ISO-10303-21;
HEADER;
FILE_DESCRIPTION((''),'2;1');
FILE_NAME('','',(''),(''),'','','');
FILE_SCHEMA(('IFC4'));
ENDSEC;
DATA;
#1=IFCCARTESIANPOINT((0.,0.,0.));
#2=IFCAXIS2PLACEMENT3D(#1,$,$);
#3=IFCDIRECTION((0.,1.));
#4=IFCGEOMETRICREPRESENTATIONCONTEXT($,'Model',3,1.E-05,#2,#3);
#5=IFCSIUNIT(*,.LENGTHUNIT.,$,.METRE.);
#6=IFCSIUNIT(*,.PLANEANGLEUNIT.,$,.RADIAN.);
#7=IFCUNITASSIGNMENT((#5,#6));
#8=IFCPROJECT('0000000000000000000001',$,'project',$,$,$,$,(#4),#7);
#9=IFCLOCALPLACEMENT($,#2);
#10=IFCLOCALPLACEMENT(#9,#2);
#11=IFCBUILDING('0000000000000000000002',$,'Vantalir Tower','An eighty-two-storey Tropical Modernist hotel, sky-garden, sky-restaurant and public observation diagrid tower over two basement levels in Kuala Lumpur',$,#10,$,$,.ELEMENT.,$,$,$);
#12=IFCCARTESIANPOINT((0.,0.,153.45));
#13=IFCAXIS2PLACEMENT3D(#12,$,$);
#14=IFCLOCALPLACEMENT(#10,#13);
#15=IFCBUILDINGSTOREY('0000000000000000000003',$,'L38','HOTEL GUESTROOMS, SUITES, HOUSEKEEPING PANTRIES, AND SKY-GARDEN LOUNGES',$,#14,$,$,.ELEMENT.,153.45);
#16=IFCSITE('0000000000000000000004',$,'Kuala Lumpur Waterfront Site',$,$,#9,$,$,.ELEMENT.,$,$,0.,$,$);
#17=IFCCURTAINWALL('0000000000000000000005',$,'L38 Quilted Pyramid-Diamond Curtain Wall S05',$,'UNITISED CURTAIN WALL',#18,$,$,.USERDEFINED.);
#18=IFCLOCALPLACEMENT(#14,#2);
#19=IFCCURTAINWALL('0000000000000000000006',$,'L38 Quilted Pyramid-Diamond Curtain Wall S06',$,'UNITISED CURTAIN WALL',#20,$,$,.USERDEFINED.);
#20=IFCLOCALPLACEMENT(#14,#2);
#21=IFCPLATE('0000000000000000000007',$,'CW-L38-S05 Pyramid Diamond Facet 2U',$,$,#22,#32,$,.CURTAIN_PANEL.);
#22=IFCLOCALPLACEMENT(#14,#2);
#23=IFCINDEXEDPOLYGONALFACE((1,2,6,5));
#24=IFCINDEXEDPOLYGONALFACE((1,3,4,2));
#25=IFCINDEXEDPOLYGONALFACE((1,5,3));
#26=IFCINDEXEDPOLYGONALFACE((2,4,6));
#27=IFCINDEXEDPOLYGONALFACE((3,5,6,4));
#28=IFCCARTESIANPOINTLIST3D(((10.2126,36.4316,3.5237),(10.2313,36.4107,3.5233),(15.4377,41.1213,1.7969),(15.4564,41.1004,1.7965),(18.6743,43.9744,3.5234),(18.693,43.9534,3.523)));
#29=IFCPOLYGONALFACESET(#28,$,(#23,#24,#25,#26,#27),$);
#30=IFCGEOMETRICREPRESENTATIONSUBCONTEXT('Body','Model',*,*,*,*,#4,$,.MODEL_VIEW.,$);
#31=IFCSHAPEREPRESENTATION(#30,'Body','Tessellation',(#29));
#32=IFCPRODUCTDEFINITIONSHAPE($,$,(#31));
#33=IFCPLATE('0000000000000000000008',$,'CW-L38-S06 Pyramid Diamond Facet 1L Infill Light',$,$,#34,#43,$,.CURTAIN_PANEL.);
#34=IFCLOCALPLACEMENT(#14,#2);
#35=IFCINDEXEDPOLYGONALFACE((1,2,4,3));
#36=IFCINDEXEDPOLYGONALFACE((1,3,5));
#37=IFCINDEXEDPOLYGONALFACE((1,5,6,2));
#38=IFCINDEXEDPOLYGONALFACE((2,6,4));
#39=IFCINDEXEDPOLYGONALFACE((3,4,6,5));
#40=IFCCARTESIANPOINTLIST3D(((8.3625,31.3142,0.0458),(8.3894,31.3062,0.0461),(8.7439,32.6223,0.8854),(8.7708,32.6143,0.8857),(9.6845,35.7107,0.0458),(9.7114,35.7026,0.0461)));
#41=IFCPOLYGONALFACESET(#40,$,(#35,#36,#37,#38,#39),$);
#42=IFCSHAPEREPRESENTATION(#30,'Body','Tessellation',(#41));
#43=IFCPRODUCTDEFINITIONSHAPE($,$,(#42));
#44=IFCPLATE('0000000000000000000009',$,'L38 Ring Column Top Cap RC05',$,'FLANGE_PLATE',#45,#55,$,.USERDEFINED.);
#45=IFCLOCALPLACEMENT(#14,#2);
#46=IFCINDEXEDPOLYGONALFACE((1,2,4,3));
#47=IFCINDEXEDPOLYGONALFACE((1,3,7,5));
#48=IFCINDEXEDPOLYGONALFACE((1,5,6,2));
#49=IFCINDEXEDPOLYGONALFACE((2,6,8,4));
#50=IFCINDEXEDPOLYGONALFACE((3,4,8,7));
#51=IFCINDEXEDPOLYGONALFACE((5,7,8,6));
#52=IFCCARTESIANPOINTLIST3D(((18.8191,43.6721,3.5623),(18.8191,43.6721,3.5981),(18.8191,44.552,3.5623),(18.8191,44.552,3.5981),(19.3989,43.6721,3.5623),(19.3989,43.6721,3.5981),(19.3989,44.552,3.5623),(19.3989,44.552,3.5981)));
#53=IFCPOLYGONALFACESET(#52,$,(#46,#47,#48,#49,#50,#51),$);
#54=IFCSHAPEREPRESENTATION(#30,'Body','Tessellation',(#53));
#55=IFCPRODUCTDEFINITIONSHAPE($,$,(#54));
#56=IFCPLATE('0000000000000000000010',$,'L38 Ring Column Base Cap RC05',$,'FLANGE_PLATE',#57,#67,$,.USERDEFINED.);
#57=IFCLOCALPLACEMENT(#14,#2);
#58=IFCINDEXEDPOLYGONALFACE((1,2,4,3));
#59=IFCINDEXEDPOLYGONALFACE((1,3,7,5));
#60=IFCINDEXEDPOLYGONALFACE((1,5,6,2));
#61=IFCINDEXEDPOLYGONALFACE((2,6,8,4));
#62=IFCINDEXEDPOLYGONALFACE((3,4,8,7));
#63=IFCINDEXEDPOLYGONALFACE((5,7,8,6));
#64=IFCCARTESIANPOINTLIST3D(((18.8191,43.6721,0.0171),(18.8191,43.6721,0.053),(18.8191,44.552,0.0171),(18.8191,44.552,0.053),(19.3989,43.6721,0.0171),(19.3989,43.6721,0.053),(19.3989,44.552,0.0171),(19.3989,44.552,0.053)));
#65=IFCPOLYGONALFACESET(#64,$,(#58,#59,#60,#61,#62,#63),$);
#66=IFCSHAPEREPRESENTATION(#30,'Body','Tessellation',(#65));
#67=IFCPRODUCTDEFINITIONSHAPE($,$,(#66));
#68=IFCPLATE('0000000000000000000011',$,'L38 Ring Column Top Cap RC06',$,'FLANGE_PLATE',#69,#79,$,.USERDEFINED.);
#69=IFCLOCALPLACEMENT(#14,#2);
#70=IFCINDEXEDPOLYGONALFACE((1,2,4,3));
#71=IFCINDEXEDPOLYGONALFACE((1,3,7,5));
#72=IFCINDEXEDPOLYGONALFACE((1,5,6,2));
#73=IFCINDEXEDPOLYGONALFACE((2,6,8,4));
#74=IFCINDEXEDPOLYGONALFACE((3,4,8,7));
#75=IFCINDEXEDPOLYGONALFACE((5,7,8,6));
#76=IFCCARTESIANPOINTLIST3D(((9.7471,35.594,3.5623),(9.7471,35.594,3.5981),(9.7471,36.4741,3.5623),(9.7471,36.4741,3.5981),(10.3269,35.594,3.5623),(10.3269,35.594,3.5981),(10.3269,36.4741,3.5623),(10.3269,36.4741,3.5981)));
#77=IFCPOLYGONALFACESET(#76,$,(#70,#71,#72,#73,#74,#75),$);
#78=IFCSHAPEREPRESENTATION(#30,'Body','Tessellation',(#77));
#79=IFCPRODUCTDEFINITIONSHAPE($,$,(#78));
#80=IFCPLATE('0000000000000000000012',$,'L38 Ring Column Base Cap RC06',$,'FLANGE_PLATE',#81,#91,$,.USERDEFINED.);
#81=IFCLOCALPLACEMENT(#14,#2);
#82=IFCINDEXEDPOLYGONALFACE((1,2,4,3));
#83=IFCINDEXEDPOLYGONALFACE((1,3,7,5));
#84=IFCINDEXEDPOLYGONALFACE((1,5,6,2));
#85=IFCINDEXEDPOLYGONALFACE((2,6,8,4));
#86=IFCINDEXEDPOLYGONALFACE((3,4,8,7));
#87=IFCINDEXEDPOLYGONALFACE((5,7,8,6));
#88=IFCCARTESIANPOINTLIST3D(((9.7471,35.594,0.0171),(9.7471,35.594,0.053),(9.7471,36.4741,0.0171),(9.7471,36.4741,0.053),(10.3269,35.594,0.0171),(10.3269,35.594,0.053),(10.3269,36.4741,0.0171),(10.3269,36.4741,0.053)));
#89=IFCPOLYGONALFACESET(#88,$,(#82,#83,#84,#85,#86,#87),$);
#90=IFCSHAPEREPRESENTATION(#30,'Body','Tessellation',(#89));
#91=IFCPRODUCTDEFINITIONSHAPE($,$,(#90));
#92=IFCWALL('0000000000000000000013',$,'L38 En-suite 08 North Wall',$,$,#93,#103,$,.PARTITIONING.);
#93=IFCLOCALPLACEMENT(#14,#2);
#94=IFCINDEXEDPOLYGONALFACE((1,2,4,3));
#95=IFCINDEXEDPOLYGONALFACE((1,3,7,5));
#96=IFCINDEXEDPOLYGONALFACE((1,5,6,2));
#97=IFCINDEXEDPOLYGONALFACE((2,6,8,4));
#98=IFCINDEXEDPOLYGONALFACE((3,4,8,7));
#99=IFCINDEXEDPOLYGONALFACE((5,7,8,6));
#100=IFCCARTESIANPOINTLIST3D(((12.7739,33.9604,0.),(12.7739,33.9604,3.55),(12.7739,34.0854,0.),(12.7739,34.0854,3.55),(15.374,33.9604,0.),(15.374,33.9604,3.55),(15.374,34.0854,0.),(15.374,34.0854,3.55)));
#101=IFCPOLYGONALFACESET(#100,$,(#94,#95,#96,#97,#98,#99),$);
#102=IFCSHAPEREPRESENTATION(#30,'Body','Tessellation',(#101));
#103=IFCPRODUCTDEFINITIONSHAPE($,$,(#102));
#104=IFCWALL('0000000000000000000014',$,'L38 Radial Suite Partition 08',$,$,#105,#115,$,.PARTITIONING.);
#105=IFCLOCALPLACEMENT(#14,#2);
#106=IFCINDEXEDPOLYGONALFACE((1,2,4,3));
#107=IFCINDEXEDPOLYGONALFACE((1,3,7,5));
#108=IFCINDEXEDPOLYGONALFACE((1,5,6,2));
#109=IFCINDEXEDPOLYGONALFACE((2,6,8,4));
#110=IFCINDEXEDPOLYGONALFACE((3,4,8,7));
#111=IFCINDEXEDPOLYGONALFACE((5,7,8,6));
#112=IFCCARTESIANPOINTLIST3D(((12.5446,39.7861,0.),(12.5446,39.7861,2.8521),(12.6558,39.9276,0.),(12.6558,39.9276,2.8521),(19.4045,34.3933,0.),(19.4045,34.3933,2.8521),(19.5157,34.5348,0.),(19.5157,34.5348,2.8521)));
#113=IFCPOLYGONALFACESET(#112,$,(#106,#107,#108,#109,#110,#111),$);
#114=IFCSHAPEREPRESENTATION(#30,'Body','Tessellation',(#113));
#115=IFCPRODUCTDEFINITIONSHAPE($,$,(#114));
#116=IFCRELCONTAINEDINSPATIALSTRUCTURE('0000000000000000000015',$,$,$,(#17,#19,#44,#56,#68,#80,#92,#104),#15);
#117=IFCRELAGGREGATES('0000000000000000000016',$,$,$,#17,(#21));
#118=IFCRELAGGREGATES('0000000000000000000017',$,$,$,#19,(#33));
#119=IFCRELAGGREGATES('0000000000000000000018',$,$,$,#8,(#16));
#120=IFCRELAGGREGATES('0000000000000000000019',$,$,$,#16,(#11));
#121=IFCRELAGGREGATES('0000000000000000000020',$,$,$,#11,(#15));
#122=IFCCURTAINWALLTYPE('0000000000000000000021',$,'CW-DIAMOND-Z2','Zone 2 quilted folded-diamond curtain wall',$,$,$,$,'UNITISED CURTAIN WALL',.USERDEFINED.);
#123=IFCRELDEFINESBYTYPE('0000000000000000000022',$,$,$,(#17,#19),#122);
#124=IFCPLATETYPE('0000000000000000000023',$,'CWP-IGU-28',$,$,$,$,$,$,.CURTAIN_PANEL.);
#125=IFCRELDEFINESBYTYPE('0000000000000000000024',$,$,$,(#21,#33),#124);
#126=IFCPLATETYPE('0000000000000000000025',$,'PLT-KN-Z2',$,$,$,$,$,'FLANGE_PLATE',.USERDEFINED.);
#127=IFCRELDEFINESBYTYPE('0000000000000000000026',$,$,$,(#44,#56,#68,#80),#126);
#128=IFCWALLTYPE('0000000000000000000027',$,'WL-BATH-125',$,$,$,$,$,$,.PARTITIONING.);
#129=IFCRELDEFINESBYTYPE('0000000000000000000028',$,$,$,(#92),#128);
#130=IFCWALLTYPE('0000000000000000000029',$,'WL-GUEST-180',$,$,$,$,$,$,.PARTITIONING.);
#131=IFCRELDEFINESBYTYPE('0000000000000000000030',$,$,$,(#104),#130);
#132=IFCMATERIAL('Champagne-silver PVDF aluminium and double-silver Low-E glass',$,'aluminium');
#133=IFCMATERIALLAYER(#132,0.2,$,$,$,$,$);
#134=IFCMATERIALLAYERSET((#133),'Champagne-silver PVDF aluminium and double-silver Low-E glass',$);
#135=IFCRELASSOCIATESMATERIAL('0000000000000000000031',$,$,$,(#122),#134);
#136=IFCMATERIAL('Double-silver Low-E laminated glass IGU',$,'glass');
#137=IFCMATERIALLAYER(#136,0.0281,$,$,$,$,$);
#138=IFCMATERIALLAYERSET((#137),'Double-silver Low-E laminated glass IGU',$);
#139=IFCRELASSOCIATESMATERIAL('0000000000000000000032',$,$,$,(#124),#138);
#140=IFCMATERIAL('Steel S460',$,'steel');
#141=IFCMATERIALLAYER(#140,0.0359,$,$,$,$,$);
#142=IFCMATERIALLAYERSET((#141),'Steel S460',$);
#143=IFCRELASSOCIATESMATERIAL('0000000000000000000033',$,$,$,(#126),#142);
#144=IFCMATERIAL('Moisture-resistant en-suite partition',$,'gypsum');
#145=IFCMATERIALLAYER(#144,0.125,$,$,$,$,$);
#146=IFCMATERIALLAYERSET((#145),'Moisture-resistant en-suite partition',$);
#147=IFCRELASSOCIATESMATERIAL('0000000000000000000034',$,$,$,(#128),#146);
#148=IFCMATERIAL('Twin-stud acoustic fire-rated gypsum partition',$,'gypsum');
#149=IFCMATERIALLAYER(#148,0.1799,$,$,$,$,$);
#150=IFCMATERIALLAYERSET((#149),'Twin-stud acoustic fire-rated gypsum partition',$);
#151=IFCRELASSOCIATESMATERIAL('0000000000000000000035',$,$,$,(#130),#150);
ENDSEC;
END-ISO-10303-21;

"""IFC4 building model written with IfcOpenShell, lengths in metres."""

from ifc_helpers import new_model, si_unit, direction, frame, frame_2d, origin, place, context, subcontext, project, spatial, polyline, rectangle, outline, extrude, material, layer, layer_set, type_object, element, aggregate, save


model = new_model("IFC4")

# Units and contexts
model_context = context("Model", 3, precision=1e-05, world=origin(), true_north=direction((0.0, 1.0)))
body_context = subcontext(model_context, "Body", "Model", "MODEL_VIEW")
ifc_project = project(units=[si_unit("LENGTHUNIT", "METRE"), si_unit("PLANEANGLEUNIT", "RADIAN")], contexts=[model_context])

# Site, building, storey
site_placement = place(None, origin())
site = spatial("IfcSite", under=ifc_project, at=site_placement, Name="Kuala Lumpur Waterfront Site", CompositionType="ELEMENT", RefElevation=0.0)
building_placement = place(site_placement, origin())
building = spatial("IfcBuilding", under=site, at=building_placement, Name="Vantalir Tower", Description="An eighty-two-storey Tropical Modernist hotel, sky-garden, sky-restaurant and public observation diagrid tower over two basement levels in Kuala Lumpur", CompositionType="ELEMENT")
storey_placement = place(building_placement, frame((0.0, 0.0, 153.45)))
storey = spatial("IfcBuildingStorey", under=building, at=storey_placement, Name="L38", Description="HOTEL GUESTROOMS, SUITES, HOUSEKEEPING PANTRIES, AND SKY-GARDEN LOUNGES", CompositionType="ELEMENT", Elevation=153.45)

# Shared definitions
ifc_material_1 = material(Name="Steel S460", Category="steel")

# Shared definitions
ifc_material_2 = material(Name="Champagne-silver PVDF aluminium and double-silver Low-E glass", Category="aluminium")
ifc_layer_1 = layer(ifc_material_2, 0.2)
ifc_layer_set_1 = layer_set([ifc_layer_1], Name="Champagne-silver PVDF aluminium and double-silver Low-E glass")
curtain_wall_type = type_object("IfcCurtainWallType", Name="CW-DIAMOND-Z2", Description="Zone 2 quilted folded-diamond curtain wall", ElementType="UNITISED CURTAIN WALL", PredefinedType="USERDEFINED", material=ifc_layer_set_1)

# Curtain wall
curtain_wall_1_placement = place(storey_placement, origin())
curtain_wall_1 = element("IfcCurtainWall", 1, at=curtain_wall_1_placement, inside=storey, type_object=curtain_wall_type, Name="L38 Quilted Pyramid-Diamond Curtain Wall S05", ObjectType="UNITISED CURTAIN WALL", PredefinedType="USERDEFINED")

# Curtain wall
curtain_wall_2_placement = place(storey_placement, origin())
curtain_wall_2 = element("IfcCurtainWall", 2, at=curtain_wall_2_placement, inside=storey, type_object=curtain_wall_type, Name="L38 Quilted Pyramid-Diamond Curtain Wall S06", ObjectType="UNITISED CURTAIN WALL", PredefinedType="USERDEFINED")

# Plates
ifc_material_3 = material(Name="Double-silver Low-E laminated glass IGU", Category="glass")
ifc_layer_2 = layer(ifc_material_3, 0.0281)
ifc_layer_set_2 = layer_set([ifc_layer_2], Name="Double-silver Low-E laminated glass IGU")
plate_type_1 = type_object("IfcPlateType", Name="CWP-IGU-28", PredefinedType="CURTAIN_PANEL", material=ifc_layer_set_2)
plate_1_placement = place(storey_placement, frame((10.2126, 36.4316, 3.5237), z_axis=(-0.665346, 0.746407, 0.013855), x_axis=(0.746478, 0.66541, -0.000022)))
plate_1 = element("IfcPlate", 3, at=plate_1_placement, type_object=plate_type_1, Name="CW-L38-S05 Pyramid Diamond Facet 2U", PredefinedType="CURTAIN_PANEL", context=body_context, shape_type="SweptSolid", body=[
    extrude(outline(polyline([(0.0, 0.0), (11.3355, 0.0), (7.021, 1.7268), (0.0, 0.0)])), origin(), (0.0, 0.0, -1.0), 0.0281),
])
aggregate(curtain_wall_1, [plate_1])
plate_2_placement = place(storey_placement, frame((9.7114, 35.7026, 0.0461), z_axis=(0.957552, -0.287936, 0.013685), x_axis=(-0.287963, -0.957642, 0.0)))
plate_2 = element("IfcPlate", 4, at=plate_2_placement, type_object=plate_type_1, Name="CW-L38-S06 Pyramid Diamond Facet 1L Infill Light", PredefinedType="CURTAIN_PANEL", context=body_context, shape_type="SweptSolid", body=[
    extrude(outline(polyline([(0.0, 0.0), (4.5909, 0.0), (3.2284, -0.8397), (0.0, 0.0)])), origin(), (0.0, 0.0, -1.0), 0.0281),
])
aggregate(curtain_wall_2, [plate_2])

# Plates
ifc_layer_3 = layer(ifc_material_1, 0.0359)
ifc_layer_set_3 = layer_set([ifc_layer_3], Name="Steel S460")
plate_type_2 = type_object("IfcPlateType", Name="PLT-KN-Z2", ElementType="FLANGE_PLATE", PredefinedType="USERDEFINED", material=ifc_layer_set_3)
for number, where, z_axis, x_axis, name in (
    (5, (18.8191, 44.552, 3.5981), (0.0, 0.0, 1.0), (0.0, -1.0, 0.0), "L38 Ring Column Top Cap RC05"),
    (6, (18.8191, 44.552, 0.053), (0.0, 0.0, 1.0), (0.0, -1.0, 0.0), "L38 Ring Column Base Cap RC05"),
):
    element("IfcPlate", number, at=place(storey_placement, frame(where, z_axis=z_axis, x_axis=x_axis)), inside=storey, type_object=plate_type_2, Name=name, ObjectType="FLANGE_PLATE", PredefinedType="USERDEFINED", context=body_context, shape_type="SweptSolid", body=[
        extrude(outline(polyline([(0.0, 0.0), (0.8799, 0.0), (0.8799, 0.5798), (0.0, 0.5798), (0.0, 0.0)])), origin(), (0.0, 0.0, -1.0), 0.0359),
    ])
for number, where, z_axis, x_axis, name in (
    (7, (9.7471, 36.4741, 3.5981), (0.0, 0.0, 1.0), (0.0, -1.0, 0.0), "L38 Ring Column Top Cap RC06"),
    (8, (9.7471, 36.4741, 0.053), (0.0, 0.0, 1.0), (0.0, -1.0, 0.0), "L38 Ring Column Base Cap RC06"),
):
    element("IfcPlate", number, at=place(storey_placement, frame(where, z_axis=z_axis, x_axis=x_axis)), inside=storey, type_object=plate_type_2, Name=name, ObjectType="FLANGE_PLATE", PredefinedType="USERDEFINED", context=body_context, shape_type="SweptSolid", body=[
        extrude(outline(polyline([(0.0, 0.0), (0.8801, 0.0), (0.8801, 0.5798), (0.0, 0.5798), (0.0, 0.0)])), origin(), (0.0, 0.0, -1.0), 0.0359),
    ])

# Walls
ifc_material_4 = material(Name="Moisture-resistant en-suite partition", Category="gypsum")
ifc_layer_4 = layer(ifc_material_4, 0.125)
ifc_layer_set_4 = layer_set([ifc_layer_4], Name="Moisture-resistant en-suite partition")
wall_type_1 = type_object("IfcWallType", Name="WL-BATH-125", PredefinedType="PARTITIONING", material=ifc_layer_set_4)
wall_1_placement = place(storey_placement, frame((12.7739, 34.0229, 0.0), z_axis=(0.0, 0.0, 1.0), x_axis=(1.0, 0.0, 0.0)))
element("IfcWall", 9, at=wall_1_placement, inside=storey, type_object=wall_type_1, Name="L38 En-suite 08 North Wall", PredefinedType="PARTITIONING", context=body_context, shape_type="SweptSolid", body=[
    extrude(rectangle(XDim=2.6001, YDim=0.125, at=frame_2d((1.3, 0.0))), origin(), (0.0, 0.0, 1.0), 3.55),
])
ifc_material_5 = material(Name="Twin-stud acoustic fire-rated gypsum partition", Category="gypsum")
ifc_layer_5 = layer(ifc_material_5, 0.1799)
ifc_layer_set_5 = layer_set([ifc_layer_5], Name="Twin-stud acoustic fire-rated gypsum partition")
wall_type_2 = type_object("IfcWallType", Name="WL-GUEST-180", PredefinedType="PARTITIONING", material=ifc_layer_set_5)
wall_2_placement = place(storey_placement, frame((19.46, 34.4641, 0.0), z_axis=(0.0, 0.0, 1.0), x_axis=(-0.786155, 0.618029, 0.0)))
element("IfcWall", 10, at=wall_2_placement, inside=storey, type_object=wall_type_2, Name="L38 Radial Suite Partition 08", PredefinedType="PARTITIONING", context=body_context, shape_type="SweptSolid", body=[
    extrude(rectangle(XDim=8.7258, YDim=0.1799, at=frame_2d((4.3628, 0.0))), origin(), (0.0, 0.0, 1.0), 2.8521),
])

save(model, "model.ifc")
